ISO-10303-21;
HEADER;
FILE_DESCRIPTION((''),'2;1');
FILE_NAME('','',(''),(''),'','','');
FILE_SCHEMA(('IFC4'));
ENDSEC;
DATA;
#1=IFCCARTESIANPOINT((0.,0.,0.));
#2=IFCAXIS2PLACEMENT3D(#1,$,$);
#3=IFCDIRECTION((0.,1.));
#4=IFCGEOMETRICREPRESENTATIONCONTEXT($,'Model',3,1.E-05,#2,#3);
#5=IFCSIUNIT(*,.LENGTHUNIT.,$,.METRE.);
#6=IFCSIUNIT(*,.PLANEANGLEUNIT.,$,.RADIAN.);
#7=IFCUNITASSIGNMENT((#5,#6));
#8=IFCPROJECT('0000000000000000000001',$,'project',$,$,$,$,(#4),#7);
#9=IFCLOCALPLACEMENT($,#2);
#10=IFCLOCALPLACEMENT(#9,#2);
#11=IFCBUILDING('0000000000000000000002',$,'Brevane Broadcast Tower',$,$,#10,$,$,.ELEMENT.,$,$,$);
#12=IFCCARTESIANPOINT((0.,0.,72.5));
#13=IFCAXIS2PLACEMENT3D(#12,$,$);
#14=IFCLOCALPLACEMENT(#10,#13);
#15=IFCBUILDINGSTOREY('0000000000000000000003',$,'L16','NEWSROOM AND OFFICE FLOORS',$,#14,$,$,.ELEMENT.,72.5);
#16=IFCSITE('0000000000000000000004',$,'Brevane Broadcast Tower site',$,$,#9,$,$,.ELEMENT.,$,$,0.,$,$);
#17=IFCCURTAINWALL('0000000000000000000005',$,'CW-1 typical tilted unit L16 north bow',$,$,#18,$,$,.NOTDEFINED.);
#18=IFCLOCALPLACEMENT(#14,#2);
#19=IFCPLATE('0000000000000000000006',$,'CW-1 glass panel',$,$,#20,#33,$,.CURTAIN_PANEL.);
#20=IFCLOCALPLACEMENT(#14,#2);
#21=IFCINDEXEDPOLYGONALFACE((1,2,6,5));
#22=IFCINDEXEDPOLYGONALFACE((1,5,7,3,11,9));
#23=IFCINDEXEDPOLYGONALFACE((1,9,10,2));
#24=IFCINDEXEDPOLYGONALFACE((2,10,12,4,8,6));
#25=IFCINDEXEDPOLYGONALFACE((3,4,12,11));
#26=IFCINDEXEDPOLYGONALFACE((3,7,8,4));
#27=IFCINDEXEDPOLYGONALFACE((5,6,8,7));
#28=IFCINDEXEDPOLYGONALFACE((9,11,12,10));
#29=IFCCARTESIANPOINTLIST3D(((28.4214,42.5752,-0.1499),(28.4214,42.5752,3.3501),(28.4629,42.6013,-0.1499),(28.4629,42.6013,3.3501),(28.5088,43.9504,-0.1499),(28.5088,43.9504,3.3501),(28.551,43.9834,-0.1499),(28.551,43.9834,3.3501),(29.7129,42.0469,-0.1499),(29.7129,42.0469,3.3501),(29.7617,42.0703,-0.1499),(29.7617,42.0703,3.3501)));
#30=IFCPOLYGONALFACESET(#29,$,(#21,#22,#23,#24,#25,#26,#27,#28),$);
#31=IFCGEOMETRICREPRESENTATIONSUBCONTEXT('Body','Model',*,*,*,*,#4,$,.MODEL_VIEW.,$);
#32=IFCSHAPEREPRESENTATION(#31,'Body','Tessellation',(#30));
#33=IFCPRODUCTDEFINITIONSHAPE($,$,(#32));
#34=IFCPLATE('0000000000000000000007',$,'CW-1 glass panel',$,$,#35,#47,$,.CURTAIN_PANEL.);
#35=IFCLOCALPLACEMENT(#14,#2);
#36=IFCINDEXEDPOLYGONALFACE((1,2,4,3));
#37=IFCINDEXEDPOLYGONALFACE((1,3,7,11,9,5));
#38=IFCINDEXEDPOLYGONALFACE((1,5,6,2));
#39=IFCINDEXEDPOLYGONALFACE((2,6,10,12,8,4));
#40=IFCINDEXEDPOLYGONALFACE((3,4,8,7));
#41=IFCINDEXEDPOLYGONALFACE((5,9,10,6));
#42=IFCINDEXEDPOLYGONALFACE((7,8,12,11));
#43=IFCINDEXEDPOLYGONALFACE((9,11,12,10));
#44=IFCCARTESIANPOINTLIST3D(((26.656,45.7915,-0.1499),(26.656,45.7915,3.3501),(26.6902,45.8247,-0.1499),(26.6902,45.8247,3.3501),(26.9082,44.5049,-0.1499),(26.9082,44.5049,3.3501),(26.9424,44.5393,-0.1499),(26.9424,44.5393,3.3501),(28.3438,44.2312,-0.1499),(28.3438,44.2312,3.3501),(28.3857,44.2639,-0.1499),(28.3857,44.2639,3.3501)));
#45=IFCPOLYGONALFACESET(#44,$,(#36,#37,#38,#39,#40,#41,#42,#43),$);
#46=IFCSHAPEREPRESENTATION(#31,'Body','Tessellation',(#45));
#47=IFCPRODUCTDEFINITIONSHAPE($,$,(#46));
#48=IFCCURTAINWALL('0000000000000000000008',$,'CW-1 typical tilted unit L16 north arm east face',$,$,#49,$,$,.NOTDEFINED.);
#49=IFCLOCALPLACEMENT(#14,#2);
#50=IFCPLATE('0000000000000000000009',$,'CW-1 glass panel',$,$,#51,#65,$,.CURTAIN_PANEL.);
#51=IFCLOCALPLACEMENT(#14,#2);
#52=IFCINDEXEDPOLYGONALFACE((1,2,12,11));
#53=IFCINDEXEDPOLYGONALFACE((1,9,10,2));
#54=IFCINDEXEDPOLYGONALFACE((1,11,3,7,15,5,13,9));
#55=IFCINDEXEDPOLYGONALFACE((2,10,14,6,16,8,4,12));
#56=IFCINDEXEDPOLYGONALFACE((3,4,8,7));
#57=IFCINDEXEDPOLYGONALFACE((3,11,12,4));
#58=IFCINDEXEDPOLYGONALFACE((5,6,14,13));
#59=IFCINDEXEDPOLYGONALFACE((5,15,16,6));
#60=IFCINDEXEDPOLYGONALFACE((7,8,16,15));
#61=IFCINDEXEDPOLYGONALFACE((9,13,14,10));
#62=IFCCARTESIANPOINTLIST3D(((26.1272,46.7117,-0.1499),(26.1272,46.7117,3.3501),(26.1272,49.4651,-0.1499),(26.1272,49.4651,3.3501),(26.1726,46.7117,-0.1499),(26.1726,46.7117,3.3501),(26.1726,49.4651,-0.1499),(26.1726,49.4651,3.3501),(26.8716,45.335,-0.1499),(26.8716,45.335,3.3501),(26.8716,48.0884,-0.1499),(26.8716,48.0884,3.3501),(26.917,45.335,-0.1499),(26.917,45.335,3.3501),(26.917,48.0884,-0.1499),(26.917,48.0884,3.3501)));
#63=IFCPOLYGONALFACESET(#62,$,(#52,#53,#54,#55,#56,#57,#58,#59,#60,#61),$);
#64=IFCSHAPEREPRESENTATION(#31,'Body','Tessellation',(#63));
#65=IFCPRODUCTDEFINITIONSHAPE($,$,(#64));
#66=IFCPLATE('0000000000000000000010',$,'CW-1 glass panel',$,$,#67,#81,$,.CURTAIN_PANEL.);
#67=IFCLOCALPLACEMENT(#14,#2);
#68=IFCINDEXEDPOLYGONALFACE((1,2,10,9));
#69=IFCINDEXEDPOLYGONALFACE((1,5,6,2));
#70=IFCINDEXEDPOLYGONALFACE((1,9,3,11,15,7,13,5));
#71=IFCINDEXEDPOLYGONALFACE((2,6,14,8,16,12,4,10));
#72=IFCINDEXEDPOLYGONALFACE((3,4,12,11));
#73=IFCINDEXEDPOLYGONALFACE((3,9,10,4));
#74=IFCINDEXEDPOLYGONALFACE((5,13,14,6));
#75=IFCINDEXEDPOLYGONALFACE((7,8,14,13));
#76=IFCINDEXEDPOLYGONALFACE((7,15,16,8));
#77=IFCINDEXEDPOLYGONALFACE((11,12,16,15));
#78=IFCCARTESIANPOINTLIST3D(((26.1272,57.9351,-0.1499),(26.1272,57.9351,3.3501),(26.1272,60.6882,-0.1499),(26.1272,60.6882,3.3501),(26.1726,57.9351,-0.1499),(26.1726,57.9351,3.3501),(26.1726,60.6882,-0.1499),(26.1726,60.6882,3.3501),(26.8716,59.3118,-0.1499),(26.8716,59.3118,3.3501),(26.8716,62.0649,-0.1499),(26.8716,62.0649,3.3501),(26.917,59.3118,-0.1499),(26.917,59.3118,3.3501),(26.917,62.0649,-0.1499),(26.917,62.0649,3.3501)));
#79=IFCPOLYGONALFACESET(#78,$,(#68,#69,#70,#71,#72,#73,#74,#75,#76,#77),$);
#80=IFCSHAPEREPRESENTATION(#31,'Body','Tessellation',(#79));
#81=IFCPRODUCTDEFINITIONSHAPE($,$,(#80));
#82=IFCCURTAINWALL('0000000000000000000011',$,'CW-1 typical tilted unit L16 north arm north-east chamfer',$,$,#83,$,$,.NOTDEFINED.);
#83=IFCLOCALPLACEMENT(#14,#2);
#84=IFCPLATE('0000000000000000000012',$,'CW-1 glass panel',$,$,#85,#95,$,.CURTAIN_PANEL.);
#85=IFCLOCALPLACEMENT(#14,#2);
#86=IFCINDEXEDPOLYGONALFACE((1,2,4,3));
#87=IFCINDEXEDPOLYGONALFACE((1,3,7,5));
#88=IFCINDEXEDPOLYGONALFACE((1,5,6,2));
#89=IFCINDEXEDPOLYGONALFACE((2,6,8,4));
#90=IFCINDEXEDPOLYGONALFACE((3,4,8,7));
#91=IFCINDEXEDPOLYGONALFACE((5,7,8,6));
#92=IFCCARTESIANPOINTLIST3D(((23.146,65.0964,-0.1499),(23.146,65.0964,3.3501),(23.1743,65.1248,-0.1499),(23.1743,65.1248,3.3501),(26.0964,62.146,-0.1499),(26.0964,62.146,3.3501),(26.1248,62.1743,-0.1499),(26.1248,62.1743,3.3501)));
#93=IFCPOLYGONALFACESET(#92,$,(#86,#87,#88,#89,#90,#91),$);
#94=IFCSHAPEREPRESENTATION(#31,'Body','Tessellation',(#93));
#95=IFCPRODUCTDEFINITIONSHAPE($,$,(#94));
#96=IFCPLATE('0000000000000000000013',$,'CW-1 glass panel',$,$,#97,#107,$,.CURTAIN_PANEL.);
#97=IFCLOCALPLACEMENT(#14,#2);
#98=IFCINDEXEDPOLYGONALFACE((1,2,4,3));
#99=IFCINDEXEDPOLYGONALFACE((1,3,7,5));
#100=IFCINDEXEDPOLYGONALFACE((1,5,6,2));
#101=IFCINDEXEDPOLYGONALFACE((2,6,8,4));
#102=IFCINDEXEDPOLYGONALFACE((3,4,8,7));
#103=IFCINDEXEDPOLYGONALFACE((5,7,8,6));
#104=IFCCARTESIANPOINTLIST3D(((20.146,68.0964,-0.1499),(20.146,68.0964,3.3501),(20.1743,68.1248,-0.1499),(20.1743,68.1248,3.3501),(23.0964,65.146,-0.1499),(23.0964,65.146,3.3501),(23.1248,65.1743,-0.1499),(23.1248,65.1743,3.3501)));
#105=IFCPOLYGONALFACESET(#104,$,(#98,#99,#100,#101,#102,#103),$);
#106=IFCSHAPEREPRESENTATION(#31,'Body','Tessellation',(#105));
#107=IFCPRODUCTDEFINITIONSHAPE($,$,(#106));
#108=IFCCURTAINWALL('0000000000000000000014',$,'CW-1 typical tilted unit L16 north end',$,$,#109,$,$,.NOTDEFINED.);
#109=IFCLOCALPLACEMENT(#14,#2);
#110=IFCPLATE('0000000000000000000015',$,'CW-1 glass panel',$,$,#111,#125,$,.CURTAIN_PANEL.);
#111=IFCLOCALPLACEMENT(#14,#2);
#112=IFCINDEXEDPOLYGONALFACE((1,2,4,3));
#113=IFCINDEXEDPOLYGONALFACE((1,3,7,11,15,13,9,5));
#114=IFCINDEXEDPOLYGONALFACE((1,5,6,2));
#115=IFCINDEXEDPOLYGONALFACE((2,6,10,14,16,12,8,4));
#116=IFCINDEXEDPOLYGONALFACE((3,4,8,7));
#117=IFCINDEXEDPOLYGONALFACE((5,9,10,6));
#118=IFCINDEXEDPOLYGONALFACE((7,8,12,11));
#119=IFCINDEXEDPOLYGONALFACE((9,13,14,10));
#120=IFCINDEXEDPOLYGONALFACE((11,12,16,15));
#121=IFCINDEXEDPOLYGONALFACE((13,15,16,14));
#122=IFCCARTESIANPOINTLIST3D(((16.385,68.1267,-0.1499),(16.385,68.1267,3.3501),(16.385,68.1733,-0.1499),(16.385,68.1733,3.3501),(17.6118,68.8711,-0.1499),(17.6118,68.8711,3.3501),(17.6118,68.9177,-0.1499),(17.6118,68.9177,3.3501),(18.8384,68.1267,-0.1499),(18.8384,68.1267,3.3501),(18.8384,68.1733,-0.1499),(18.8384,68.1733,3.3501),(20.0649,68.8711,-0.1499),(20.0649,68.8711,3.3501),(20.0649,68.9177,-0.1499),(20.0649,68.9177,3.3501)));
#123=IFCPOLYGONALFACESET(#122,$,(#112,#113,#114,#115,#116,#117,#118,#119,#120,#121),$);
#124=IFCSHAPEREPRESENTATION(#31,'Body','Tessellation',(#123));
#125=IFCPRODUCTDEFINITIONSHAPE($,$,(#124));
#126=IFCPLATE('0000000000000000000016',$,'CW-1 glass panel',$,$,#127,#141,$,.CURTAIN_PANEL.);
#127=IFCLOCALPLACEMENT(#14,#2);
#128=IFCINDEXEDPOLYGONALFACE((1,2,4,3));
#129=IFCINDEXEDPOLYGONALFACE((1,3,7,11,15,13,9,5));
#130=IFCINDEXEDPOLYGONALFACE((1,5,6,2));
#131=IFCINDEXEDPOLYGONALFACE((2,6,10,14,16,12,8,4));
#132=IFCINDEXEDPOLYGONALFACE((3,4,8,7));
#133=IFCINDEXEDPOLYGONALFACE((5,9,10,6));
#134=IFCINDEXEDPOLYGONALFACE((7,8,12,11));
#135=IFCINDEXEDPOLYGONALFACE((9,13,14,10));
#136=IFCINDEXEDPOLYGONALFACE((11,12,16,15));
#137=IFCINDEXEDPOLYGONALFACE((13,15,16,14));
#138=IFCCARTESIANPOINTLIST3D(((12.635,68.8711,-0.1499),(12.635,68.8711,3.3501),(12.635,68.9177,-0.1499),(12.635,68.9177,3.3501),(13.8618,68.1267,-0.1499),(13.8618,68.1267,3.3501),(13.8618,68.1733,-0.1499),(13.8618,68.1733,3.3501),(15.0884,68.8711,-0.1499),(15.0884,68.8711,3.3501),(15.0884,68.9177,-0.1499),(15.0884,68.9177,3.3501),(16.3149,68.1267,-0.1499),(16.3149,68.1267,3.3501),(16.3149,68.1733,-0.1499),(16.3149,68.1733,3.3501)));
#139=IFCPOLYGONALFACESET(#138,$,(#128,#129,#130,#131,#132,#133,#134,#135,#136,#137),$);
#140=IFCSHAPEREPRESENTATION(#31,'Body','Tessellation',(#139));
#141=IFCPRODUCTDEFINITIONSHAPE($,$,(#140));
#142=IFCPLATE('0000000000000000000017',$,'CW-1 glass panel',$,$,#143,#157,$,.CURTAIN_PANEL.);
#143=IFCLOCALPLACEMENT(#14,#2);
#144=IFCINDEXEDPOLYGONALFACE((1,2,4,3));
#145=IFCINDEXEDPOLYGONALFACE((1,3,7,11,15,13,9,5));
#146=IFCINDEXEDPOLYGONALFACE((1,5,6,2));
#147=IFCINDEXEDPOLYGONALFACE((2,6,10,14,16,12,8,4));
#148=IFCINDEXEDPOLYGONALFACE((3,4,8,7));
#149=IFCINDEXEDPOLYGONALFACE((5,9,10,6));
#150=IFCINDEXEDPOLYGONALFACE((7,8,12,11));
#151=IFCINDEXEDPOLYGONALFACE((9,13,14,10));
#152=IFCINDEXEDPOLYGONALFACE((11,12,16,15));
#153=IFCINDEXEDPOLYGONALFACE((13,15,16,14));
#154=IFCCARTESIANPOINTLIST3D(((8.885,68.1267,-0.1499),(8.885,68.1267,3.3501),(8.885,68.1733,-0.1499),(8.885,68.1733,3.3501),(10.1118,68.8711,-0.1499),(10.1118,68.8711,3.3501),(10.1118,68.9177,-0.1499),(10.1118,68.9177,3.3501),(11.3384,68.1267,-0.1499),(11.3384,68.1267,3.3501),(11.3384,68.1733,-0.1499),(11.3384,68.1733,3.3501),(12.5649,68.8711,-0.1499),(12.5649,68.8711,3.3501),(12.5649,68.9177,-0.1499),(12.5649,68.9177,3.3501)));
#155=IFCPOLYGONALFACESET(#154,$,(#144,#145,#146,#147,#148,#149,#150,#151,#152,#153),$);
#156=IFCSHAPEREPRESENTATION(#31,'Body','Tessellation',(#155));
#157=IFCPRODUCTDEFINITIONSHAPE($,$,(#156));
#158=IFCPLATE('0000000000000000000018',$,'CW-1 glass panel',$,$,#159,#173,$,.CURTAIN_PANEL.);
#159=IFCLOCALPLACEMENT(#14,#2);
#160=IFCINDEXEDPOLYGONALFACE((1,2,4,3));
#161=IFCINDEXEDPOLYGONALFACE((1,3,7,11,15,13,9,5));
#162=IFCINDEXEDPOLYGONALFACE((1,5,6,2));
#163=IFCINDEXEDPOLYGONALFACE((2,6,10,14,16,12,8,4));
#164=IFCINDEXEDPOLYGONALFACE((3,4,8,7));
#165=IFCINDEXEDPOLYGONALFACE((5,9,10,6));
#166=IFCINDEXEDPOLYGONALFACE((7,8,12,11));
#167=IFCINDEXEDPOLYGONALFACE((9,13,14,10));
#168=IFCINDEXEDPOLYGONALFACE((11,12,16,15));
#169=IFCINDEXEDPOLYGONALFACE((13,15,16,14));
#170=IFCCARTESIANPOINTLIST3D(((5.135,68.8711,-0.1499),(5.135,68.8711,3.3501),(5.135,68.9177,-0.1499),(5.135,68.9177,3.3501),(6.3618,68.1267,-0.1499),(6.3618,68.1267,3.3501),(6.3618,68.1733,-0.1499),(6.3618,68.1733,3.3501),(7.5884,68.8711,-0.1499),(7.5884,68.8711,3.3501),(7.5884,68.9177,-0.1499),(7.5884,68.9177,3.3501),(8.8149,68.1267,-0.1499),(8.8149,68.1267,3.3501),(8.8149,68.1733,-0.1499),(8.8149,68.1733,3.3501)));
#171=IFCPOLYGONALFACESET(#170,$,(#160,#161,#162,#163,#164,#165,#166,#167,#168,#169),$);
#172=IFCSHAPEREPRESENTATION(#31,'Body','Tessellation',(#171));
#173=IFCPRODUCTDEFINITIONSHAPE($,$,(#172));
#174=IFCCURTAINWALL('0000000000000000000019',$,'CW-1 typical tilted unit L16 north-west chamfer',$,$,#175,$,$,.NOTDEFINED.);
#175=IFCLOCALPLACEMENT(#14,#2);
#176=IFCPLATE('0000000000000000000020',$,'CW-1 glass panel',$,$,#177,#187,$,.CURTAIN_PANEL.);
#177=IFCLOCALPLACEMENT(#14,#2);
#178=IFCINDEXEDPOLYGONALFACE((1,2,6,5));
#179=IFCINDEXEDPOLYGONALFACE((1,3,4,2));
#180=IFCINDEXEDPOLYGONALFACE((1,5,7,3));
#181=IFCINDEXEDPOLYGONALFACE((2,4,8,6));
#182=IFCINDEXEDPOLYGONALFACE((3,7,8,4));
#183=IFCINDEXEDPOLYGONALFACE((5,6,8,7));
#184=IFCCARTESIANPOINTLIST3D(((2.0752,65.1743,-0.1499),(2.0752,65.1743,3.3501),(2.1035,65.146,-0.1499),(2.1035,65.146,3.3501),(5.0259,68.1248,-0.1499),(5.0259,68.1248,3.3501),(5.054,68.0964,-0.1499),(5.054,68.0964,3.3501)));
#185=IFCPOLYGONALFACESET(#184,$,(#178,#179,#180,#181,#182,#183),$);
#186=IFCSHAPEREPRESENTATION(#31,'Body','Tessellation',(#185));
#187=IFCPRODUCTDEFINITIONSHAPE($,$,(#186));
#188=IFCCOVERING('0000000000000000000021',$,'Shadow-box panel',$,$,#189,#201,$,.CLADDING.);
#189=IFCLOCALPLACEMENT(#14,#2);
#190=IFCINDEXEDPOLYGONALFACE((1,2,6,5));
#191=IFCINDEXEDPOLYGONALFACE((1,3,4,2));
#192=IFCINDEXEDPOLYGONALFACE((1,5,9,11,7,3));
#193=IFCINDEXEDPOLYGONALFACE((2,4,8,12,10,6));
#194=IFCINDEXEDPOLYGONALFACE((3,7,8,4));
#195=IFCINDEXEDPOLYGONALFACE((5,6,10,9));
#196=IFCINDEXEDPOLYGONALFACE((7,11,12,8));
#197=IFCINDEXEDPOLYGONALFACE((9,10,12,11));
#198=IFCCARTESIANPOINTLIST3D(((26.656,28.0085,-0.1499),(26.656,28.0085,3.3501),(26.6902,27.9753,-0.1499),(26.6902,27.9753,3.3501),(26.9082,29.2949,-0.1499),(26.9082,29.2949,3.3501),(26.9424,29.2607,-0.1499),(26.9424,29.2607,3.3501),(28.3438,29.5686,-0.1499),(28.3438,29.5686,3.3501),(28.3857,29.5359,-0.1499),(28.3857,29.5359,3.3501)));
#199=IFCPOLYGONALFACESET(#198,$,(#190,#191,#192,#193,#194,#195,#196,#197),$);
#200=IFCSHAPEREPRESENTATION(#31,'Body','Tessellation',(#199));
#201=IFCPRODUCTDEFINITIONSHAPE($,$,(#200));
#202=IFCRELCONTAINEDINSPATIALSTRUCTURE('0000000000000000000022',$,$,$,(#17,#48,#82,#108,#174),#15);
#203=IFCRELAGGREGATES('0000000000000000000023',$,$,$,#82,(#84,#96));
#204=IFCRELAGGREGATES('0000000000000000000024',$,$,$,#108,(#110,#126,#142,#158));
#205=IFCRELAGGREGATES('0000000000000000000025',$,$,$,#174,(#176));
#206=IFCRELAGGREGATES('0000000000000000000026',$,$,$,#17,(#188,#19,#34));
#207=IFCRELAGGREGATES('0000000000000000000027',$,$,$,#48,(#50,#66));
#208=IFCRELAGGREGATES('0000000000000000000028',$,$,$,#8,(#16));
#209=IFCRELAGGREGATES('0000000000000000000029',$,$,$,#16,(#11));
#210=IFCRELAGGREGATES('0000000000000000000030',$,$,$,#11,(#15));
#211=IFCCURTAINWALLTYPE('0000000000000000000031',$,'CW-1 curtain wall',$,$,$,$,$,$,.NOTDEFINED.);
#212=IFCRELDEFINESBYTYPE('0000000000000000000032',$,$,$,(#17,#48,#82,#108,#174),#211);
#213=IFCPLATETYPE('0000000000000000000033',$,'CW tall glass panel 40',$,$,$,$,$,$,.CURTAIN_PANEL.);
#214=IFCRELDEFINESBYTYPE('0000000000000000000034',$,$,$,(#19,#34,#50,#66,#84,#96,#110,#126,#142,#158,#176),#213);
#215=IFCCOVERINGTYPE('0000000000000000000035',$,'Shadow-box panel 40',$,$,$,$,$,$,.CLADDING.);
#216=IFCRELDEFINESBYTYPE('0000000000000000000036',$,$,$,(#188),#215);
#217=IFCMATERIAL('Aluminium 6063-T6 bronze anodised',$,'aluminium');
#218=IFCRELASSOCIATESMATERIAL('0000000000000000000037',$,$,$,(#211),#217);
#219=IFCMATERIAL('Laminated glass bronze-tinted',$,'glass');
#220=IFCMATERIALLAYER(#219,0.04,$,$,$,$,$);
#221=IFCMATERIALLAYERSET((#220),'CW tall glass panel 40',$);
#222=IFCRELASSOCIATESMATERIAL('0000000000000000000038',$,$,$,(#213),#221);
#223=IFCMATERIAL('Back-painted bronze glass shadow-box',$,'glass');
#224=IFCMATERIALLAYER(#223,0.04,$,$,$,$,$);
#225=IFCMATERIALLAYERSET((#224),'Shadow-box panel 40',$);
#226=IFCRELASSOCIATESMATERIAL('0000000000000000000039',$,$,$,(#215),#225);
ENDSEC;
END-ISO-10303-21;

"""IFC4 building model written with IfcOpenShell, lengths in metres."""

from ifc_helpers import new_model, si_unit, direction, frame, origin, place, context, subcontext, project, spatial, polyline, outline, extrude, material, layer, layer_set, type_object, element, aggregate, save


model = new_model("IFC4")

# Units and contexts
model_context = context("Model", 3, precision=1e-05, world=origin(), true_north=direction((0.0, 1.0)))
body_context = subcontext(model_context, "Body", "Model", "MODEL_VIEW")
ifc_project = project(units=[si_unit("LENGTHUNIT", "METRE"), si_unit("PLANEANGLEUNIT", "RADIAN")], contexts=[model_context])

# Site, building, storey
site_placement = place(None, origin())
site = spatial("IfcSite", under=ifc_project, at=site_placement, Name="Brevane Broadcast Tower site", CompositionType="ELEMENT", RefElevation=0.0)
building_placement = place(site_placement, origin())
building = spatial("IfcBuilding", under=site, at=building_placement, Name="Brevane Broadcast Tower", CompositionType="ELEMENT")
storey_placement = place(building_placement, frame((0.0, 0.0, 72.5)))
storey = spatial("IfcBuildingStorey", under=building, at=storey_placement, Name="L16", Description="NEWSROOM AND OFFICE FLOORS", CompositionType="ELEMENT", Elevation=72.5)

# Shared definitions
ifc_material_1 = material(Name="Aluminium 6063-T6 bronze anodised", Category="aluminium")
curtain_wall_type = type_object("IfcCurtainWallType", Name="CW-1 curtain wall", PredefinedType="NOTDEFINED", material=ifc_material_1)

# Curtain walls, plates
ifc_material_2 = material(Name="Laminated glass bronze-tinted", Category="glass")
ifc_layer_1 = layer(ifc_material_2, 0.04)
ifc_layer_set_1 = layer_set([ifc_layer_1], Name="CW tall glass panel 40")
plate_type = type_object("IfcPlateType", Name="CW tall glass panel 40", PredefinedType="CURTAIN_PANEL", material=ifc_layer_set_1)
curtain_wall_1_placement = place(storey_placement, origin())
curtain_wall_1 = element("IfcCurtainWall", 1, at=curtain_wall_1_placement, inside=storey, type_object=curtain_wall_type, Name="CW-1 typical tilted unit L16 north bow", PredefinedType="NOTDEFINED")
plate_1_placement = place(storey_placement, frame((0.0, 0.0, -0.1499)))
plate_1 = element("IfcPlate", 2, at=plate_1_placement, type_object=plate_type, Name="CW-1 glass panel", PredefinedType="CURTAIN_PANEL", context=body_context, shape_type="SweptSolid", body=[
    extrude(outline(polyline([(29.7129, 42.0469), (29.7617, 42.0703), (28.4629, 42.6013), (28.551, 43.9834), (28.5088, 43.9504), (28.4214, 42.5752), (29.7129, 42.0469)])), origin(), (0.0, 0.0, 1.0), 3.5),
])
plate_2_placement = place(storey_placement, frame((0.0, 0.0, -0.1499)))
plate_2 = element("IfcPlate", 3, at=plate_2_placement, type_object=plate_type, Name="CW-1 glass panel", PredefinedType="CURTAIN_PANEL", context=body_context, shape_type="SweptSolid", body=[
    extrude(outline(polyline([(28.3438, 44.2312), (28.3857, 44.2639), (26.9424, 44.5393), (26.6902, 45.8247), (26.656, 45.7915), (26.9082, 44.5049), (28.3438, 44.2312)])), origin(), (0.0, 0.0, 1.0), 3.5),
])
curtain_wall_2_placement = place(storey_placement, origin())
curtain_wall_2 = element("IfcCurtainWall", 4, at=curtain_wall_2_placement, inside=storey, type_object=curtain_wall_type, Name="CW-1 typical tilted unit L16 north arm east face", PredefinedType="NOTDEFINED")
plate_3_placement = place(storey_placement, frame((0.0, 0.0, -0.1499)))
plate_3 = element("IfcPlate", 5, at=plate_3_placement, type_object=plate_type, Name="CW-1 glass panel", PredefinedType="CURTAIN_PANEL", context=body_context, shape_type="SweptSolid", body=[
    extrude(outline(polyline([(26.8716, 45.335), (26.917, 45.335), (26.1726, 46.7117), (26.917, 48.0884), (26.1726, 49.4651), (26.1272, 49.4651), (26.8716, 48.0884), (26.1272, 46.7117), (26.8716, 45.335)])), origin(), (0.0, 0.0, 1.0), 3.5),
])
plate_4_placement = place(storey_placement, frame((0.0, 0.0, -0.1499)))
plate_4 = element("IfcPlate", 6, at=plate_4_placement, type_object=plate_type, Name="CW-1 glass panel", PredefinedType="CURTAIN_PANEL", context=body_context, shape_type="SweptSolid", body=[
    extrude(outline(polyline([(26.1272, 57.9351), (26.1726, 57.9351), (26.917, 59.3118), (26.1726, 60.6882), (26.917, 62.0649), (26.8716, 62.0649), (26.1272, 60.6882), (26.8716, 59.3118), (26.1272, 57.9351)])), origin(), (0.0, 0.0, 1.0), 3.5),
])
curtain_wall_3_placement = place(storey_placement, origin())
curtain_wall_3 = element("IfcCurtainWall", 7, at=curtain_wall_3_placement, inside=storey, type_object=curtain_wall_type, Name="CW-1 typical tilted unit L16 north arm north-east chamfer", PredefinedType="NOTDEFINED")
plate_5_placement = place(storey_placement, frame((0.0, 0.0, -0.1499)))
plate_5 = element("IfcPlate", 8, at=plate_5_placement, type_object=plate_type, Name="CW-1 glass panel", PredefinedType="CURTAIN_PANEL", context=body_context, shape_type="SweptSolid", body=[
    extrude(outline(polyline([(26.0964, 62.146), (23.146, 65.0964), (23.1743, 65.1248), (26.1248, 62.1743), (26.0964, 62.146)])), origin(), (0.0, 0.0, 1.0), 3.5),
])
plate_6_placement = place(storey_placement, frame((0.0, 0.0, -0.1499)))
plate_6 = element("IfcPlate", 9, at=plate_6_placement, type_object=plate_type, Name="CW-1 glass panel", PredefinedType="CURTAIN_PANEL", context=body_context, shape_type="SweptSolid", body=[
    extrude(outline(polyline([(23.0964, 65.146), (20.146, 68.0964), (20.1743, 68.1248), (23.1248, 65.1743), (23.0964, 65.146)])), origin(), (0.0, 0.0, 1.0), 3.5),
])
aggregate(curtain_wall_3, [plate_5, plate_6])
curtain_wall_4_placement = place(storey_placement, origin())
curtain_wall_4 = element("IfcCurtainWall", 10, at=curtain_wall_4_placement, inside=storey, type_object=curtain_wall_type, Name="CW-1 typical tilted unit L16 north end", PredefinedType="NOTDEFINED")
plate_7_placement = place(storey_placement, frame((0.0, 0.0, -0.1499)))
plate_7 = element("IfcPlate", 11, at=plate_7_placement, type_object=plate_type, Name="CW-1 glass panel", PredefinedType="CURTAIN_PANEL", context=body_context, shape_type="SweptSolid", body=[
    extrude(outline(polyline([(20.0649, 68.8711), (20.0649, 68.9177), (18.8384, 68.1733), (17.6118, 68.9177), (16.385, 68.1733), (16.385, 68.1267), (17.6118, 68.8711), (18.8384, 68.1267), (20.0649, 68.8711)])), origin(), (0.0, 0.0, 1.0), 3.5),
])
plate_8_placement = place(storey_placement, frame((0.0, 0.0, -0.1499)))
plate_8 = element("IfcPlate", 12, at=plate_8_placement, type_object=plate_type, Name="CW-1 glass panel", PredefinedType="CURTAIN_PANEL", context=body_context, shape_type="SweptSolid", body=[
    extrude(outline(polyline([(16.3149, 68.1267), (16.3149, 68.1733), (15.0884, 68.9177), (13.8618, 68.1733), (12.635, 68.9177), (12.635, 68.8711), (13.8618, 68.1267), (15.0884, 68.8711), (16.3149, 68.1267)])), origin(), (0.0, 0.0, 1.0), 3.5),
])
plate_9_placement = place(storey_placement, frame((0.0, 0.0, -0.1499)))
plate_9 = element("IfcPlate", 13, at=plate_9_placement, type_object=plate_type, Name="CW-1 glass panel", PredefinedType="CURTAIN_PANEL", context=body_context, shape_type="SweptSolid", body=[
    extrude(outline(polyline([(12.5649, 68.8711), (12.5649, 68.9177), (11.3384, 68.1733), (10.1118, 68.9177), (8.885, 68.1733), (8.885, 68.1267), (10.1118, 68.8711), (11.3384, 68.1267), (12.5649, 68.8711)])), origin(), (0.0, 0.0, 1.0), 3.5),
])
plate_10_placement = place(storey_placement, frame((0.0, 0.0, -0.1499)))
plate_10 = element("IfcPlate", 14, at=plate_10_placement, type_object=plate_type, Name="CW-1 glass panel", PredefinedType="CURTAIN_PANEL", context=body_context, shape_type="SweptSolid", body=[
    extrude(outline(polyline([(8.8149, 68.1267), (8.8149, 68.1733), (7.5884, 68.9177), (6.3618, 68.1733), (5.135, 68.9177), (5.135, 68.8711), (6.3618, 68.1267), (7.5884, 68.8711), (8.8149, 68.1267)])), origin(), (0.0, 0.0, 1.0), 3.5),
])
aggregate(curtain_wall_4, [plate_7, plate_8, plate_9, plate_10])

# Curtain wall, plate
curtain_wall_5_placement = place(storey_placement, origin())
curtain_wall_5 = element("IfcCurtainWall", 15, at=curtain_wall_5_placement, inside=storey, type_object=curtain_wall_type, Name="CW-1 typical tilted unit L16 north-west chamfer", PredefinedType="NOTDEFINED")
plate_11_placement = place(storey_placement, frame((0.0, 0.0, -0.1499)))
plate_11 = element("IfcPlate", 16, at=plate_11_placement, type_object=plate_type, Name="CW-1 glass panel", PredefinedType="CURTAIN_PANEL", context=body_context, shape_type="SweptSolid", body=[
    extrude(outline(polyline([(5.054, 68.0964), (2.1035, 65.146), (2.0752, 65.1743), (5.0259, 68.1248), (5.054, 68.0964)])), origin(), (0.0, 0.0, 1.0), 3.5),
])
aggregate(curtain_wall_5, [plate_11])

# Covering
ifc_material_3 = material(Name="Back-painted bronze glass shadow-box", Category="glass")
ifc_layer_2 = layer(ifc_material_3, 0.04)
ifc_layer_set_2 = layer_set([ifc_layer_2], Name="Shadow-box panel 40")
covering_type = type_object("IfcCoveringType", Name="Shadow-box panel 40", PredefinedType="CLADDING", material=ifc_layer_set_2)
covering_1_placement = place(storey_placement, frame((0.0, 0.0, -0.1499)))
covering_1 = element("IfcCovering", 17, at=covering_1_placement, type_object=covering_type, Name="Shadow-box panel", PredefinedType="CLADDING", context=body_context, shape_type="SweptSolid", body=[
    extrude(outline(polyline([(26.656, 28.0085), (26.6902, 27.9753), (26.9424, 29.2607), (28.3857, 29.5359), (28.3438, 29.5686), (26.9082, 29.2949), (26.656, 28.0085)])), origin(), (0.0, 0.0, 1.0), 3.5),
])
aggregate(curtain_wall_1, [covering_1, plate_1, plate_2])
aggregate(curtain_wall_2, [plate_3, plate_4])

save(model, "model.ifc")
